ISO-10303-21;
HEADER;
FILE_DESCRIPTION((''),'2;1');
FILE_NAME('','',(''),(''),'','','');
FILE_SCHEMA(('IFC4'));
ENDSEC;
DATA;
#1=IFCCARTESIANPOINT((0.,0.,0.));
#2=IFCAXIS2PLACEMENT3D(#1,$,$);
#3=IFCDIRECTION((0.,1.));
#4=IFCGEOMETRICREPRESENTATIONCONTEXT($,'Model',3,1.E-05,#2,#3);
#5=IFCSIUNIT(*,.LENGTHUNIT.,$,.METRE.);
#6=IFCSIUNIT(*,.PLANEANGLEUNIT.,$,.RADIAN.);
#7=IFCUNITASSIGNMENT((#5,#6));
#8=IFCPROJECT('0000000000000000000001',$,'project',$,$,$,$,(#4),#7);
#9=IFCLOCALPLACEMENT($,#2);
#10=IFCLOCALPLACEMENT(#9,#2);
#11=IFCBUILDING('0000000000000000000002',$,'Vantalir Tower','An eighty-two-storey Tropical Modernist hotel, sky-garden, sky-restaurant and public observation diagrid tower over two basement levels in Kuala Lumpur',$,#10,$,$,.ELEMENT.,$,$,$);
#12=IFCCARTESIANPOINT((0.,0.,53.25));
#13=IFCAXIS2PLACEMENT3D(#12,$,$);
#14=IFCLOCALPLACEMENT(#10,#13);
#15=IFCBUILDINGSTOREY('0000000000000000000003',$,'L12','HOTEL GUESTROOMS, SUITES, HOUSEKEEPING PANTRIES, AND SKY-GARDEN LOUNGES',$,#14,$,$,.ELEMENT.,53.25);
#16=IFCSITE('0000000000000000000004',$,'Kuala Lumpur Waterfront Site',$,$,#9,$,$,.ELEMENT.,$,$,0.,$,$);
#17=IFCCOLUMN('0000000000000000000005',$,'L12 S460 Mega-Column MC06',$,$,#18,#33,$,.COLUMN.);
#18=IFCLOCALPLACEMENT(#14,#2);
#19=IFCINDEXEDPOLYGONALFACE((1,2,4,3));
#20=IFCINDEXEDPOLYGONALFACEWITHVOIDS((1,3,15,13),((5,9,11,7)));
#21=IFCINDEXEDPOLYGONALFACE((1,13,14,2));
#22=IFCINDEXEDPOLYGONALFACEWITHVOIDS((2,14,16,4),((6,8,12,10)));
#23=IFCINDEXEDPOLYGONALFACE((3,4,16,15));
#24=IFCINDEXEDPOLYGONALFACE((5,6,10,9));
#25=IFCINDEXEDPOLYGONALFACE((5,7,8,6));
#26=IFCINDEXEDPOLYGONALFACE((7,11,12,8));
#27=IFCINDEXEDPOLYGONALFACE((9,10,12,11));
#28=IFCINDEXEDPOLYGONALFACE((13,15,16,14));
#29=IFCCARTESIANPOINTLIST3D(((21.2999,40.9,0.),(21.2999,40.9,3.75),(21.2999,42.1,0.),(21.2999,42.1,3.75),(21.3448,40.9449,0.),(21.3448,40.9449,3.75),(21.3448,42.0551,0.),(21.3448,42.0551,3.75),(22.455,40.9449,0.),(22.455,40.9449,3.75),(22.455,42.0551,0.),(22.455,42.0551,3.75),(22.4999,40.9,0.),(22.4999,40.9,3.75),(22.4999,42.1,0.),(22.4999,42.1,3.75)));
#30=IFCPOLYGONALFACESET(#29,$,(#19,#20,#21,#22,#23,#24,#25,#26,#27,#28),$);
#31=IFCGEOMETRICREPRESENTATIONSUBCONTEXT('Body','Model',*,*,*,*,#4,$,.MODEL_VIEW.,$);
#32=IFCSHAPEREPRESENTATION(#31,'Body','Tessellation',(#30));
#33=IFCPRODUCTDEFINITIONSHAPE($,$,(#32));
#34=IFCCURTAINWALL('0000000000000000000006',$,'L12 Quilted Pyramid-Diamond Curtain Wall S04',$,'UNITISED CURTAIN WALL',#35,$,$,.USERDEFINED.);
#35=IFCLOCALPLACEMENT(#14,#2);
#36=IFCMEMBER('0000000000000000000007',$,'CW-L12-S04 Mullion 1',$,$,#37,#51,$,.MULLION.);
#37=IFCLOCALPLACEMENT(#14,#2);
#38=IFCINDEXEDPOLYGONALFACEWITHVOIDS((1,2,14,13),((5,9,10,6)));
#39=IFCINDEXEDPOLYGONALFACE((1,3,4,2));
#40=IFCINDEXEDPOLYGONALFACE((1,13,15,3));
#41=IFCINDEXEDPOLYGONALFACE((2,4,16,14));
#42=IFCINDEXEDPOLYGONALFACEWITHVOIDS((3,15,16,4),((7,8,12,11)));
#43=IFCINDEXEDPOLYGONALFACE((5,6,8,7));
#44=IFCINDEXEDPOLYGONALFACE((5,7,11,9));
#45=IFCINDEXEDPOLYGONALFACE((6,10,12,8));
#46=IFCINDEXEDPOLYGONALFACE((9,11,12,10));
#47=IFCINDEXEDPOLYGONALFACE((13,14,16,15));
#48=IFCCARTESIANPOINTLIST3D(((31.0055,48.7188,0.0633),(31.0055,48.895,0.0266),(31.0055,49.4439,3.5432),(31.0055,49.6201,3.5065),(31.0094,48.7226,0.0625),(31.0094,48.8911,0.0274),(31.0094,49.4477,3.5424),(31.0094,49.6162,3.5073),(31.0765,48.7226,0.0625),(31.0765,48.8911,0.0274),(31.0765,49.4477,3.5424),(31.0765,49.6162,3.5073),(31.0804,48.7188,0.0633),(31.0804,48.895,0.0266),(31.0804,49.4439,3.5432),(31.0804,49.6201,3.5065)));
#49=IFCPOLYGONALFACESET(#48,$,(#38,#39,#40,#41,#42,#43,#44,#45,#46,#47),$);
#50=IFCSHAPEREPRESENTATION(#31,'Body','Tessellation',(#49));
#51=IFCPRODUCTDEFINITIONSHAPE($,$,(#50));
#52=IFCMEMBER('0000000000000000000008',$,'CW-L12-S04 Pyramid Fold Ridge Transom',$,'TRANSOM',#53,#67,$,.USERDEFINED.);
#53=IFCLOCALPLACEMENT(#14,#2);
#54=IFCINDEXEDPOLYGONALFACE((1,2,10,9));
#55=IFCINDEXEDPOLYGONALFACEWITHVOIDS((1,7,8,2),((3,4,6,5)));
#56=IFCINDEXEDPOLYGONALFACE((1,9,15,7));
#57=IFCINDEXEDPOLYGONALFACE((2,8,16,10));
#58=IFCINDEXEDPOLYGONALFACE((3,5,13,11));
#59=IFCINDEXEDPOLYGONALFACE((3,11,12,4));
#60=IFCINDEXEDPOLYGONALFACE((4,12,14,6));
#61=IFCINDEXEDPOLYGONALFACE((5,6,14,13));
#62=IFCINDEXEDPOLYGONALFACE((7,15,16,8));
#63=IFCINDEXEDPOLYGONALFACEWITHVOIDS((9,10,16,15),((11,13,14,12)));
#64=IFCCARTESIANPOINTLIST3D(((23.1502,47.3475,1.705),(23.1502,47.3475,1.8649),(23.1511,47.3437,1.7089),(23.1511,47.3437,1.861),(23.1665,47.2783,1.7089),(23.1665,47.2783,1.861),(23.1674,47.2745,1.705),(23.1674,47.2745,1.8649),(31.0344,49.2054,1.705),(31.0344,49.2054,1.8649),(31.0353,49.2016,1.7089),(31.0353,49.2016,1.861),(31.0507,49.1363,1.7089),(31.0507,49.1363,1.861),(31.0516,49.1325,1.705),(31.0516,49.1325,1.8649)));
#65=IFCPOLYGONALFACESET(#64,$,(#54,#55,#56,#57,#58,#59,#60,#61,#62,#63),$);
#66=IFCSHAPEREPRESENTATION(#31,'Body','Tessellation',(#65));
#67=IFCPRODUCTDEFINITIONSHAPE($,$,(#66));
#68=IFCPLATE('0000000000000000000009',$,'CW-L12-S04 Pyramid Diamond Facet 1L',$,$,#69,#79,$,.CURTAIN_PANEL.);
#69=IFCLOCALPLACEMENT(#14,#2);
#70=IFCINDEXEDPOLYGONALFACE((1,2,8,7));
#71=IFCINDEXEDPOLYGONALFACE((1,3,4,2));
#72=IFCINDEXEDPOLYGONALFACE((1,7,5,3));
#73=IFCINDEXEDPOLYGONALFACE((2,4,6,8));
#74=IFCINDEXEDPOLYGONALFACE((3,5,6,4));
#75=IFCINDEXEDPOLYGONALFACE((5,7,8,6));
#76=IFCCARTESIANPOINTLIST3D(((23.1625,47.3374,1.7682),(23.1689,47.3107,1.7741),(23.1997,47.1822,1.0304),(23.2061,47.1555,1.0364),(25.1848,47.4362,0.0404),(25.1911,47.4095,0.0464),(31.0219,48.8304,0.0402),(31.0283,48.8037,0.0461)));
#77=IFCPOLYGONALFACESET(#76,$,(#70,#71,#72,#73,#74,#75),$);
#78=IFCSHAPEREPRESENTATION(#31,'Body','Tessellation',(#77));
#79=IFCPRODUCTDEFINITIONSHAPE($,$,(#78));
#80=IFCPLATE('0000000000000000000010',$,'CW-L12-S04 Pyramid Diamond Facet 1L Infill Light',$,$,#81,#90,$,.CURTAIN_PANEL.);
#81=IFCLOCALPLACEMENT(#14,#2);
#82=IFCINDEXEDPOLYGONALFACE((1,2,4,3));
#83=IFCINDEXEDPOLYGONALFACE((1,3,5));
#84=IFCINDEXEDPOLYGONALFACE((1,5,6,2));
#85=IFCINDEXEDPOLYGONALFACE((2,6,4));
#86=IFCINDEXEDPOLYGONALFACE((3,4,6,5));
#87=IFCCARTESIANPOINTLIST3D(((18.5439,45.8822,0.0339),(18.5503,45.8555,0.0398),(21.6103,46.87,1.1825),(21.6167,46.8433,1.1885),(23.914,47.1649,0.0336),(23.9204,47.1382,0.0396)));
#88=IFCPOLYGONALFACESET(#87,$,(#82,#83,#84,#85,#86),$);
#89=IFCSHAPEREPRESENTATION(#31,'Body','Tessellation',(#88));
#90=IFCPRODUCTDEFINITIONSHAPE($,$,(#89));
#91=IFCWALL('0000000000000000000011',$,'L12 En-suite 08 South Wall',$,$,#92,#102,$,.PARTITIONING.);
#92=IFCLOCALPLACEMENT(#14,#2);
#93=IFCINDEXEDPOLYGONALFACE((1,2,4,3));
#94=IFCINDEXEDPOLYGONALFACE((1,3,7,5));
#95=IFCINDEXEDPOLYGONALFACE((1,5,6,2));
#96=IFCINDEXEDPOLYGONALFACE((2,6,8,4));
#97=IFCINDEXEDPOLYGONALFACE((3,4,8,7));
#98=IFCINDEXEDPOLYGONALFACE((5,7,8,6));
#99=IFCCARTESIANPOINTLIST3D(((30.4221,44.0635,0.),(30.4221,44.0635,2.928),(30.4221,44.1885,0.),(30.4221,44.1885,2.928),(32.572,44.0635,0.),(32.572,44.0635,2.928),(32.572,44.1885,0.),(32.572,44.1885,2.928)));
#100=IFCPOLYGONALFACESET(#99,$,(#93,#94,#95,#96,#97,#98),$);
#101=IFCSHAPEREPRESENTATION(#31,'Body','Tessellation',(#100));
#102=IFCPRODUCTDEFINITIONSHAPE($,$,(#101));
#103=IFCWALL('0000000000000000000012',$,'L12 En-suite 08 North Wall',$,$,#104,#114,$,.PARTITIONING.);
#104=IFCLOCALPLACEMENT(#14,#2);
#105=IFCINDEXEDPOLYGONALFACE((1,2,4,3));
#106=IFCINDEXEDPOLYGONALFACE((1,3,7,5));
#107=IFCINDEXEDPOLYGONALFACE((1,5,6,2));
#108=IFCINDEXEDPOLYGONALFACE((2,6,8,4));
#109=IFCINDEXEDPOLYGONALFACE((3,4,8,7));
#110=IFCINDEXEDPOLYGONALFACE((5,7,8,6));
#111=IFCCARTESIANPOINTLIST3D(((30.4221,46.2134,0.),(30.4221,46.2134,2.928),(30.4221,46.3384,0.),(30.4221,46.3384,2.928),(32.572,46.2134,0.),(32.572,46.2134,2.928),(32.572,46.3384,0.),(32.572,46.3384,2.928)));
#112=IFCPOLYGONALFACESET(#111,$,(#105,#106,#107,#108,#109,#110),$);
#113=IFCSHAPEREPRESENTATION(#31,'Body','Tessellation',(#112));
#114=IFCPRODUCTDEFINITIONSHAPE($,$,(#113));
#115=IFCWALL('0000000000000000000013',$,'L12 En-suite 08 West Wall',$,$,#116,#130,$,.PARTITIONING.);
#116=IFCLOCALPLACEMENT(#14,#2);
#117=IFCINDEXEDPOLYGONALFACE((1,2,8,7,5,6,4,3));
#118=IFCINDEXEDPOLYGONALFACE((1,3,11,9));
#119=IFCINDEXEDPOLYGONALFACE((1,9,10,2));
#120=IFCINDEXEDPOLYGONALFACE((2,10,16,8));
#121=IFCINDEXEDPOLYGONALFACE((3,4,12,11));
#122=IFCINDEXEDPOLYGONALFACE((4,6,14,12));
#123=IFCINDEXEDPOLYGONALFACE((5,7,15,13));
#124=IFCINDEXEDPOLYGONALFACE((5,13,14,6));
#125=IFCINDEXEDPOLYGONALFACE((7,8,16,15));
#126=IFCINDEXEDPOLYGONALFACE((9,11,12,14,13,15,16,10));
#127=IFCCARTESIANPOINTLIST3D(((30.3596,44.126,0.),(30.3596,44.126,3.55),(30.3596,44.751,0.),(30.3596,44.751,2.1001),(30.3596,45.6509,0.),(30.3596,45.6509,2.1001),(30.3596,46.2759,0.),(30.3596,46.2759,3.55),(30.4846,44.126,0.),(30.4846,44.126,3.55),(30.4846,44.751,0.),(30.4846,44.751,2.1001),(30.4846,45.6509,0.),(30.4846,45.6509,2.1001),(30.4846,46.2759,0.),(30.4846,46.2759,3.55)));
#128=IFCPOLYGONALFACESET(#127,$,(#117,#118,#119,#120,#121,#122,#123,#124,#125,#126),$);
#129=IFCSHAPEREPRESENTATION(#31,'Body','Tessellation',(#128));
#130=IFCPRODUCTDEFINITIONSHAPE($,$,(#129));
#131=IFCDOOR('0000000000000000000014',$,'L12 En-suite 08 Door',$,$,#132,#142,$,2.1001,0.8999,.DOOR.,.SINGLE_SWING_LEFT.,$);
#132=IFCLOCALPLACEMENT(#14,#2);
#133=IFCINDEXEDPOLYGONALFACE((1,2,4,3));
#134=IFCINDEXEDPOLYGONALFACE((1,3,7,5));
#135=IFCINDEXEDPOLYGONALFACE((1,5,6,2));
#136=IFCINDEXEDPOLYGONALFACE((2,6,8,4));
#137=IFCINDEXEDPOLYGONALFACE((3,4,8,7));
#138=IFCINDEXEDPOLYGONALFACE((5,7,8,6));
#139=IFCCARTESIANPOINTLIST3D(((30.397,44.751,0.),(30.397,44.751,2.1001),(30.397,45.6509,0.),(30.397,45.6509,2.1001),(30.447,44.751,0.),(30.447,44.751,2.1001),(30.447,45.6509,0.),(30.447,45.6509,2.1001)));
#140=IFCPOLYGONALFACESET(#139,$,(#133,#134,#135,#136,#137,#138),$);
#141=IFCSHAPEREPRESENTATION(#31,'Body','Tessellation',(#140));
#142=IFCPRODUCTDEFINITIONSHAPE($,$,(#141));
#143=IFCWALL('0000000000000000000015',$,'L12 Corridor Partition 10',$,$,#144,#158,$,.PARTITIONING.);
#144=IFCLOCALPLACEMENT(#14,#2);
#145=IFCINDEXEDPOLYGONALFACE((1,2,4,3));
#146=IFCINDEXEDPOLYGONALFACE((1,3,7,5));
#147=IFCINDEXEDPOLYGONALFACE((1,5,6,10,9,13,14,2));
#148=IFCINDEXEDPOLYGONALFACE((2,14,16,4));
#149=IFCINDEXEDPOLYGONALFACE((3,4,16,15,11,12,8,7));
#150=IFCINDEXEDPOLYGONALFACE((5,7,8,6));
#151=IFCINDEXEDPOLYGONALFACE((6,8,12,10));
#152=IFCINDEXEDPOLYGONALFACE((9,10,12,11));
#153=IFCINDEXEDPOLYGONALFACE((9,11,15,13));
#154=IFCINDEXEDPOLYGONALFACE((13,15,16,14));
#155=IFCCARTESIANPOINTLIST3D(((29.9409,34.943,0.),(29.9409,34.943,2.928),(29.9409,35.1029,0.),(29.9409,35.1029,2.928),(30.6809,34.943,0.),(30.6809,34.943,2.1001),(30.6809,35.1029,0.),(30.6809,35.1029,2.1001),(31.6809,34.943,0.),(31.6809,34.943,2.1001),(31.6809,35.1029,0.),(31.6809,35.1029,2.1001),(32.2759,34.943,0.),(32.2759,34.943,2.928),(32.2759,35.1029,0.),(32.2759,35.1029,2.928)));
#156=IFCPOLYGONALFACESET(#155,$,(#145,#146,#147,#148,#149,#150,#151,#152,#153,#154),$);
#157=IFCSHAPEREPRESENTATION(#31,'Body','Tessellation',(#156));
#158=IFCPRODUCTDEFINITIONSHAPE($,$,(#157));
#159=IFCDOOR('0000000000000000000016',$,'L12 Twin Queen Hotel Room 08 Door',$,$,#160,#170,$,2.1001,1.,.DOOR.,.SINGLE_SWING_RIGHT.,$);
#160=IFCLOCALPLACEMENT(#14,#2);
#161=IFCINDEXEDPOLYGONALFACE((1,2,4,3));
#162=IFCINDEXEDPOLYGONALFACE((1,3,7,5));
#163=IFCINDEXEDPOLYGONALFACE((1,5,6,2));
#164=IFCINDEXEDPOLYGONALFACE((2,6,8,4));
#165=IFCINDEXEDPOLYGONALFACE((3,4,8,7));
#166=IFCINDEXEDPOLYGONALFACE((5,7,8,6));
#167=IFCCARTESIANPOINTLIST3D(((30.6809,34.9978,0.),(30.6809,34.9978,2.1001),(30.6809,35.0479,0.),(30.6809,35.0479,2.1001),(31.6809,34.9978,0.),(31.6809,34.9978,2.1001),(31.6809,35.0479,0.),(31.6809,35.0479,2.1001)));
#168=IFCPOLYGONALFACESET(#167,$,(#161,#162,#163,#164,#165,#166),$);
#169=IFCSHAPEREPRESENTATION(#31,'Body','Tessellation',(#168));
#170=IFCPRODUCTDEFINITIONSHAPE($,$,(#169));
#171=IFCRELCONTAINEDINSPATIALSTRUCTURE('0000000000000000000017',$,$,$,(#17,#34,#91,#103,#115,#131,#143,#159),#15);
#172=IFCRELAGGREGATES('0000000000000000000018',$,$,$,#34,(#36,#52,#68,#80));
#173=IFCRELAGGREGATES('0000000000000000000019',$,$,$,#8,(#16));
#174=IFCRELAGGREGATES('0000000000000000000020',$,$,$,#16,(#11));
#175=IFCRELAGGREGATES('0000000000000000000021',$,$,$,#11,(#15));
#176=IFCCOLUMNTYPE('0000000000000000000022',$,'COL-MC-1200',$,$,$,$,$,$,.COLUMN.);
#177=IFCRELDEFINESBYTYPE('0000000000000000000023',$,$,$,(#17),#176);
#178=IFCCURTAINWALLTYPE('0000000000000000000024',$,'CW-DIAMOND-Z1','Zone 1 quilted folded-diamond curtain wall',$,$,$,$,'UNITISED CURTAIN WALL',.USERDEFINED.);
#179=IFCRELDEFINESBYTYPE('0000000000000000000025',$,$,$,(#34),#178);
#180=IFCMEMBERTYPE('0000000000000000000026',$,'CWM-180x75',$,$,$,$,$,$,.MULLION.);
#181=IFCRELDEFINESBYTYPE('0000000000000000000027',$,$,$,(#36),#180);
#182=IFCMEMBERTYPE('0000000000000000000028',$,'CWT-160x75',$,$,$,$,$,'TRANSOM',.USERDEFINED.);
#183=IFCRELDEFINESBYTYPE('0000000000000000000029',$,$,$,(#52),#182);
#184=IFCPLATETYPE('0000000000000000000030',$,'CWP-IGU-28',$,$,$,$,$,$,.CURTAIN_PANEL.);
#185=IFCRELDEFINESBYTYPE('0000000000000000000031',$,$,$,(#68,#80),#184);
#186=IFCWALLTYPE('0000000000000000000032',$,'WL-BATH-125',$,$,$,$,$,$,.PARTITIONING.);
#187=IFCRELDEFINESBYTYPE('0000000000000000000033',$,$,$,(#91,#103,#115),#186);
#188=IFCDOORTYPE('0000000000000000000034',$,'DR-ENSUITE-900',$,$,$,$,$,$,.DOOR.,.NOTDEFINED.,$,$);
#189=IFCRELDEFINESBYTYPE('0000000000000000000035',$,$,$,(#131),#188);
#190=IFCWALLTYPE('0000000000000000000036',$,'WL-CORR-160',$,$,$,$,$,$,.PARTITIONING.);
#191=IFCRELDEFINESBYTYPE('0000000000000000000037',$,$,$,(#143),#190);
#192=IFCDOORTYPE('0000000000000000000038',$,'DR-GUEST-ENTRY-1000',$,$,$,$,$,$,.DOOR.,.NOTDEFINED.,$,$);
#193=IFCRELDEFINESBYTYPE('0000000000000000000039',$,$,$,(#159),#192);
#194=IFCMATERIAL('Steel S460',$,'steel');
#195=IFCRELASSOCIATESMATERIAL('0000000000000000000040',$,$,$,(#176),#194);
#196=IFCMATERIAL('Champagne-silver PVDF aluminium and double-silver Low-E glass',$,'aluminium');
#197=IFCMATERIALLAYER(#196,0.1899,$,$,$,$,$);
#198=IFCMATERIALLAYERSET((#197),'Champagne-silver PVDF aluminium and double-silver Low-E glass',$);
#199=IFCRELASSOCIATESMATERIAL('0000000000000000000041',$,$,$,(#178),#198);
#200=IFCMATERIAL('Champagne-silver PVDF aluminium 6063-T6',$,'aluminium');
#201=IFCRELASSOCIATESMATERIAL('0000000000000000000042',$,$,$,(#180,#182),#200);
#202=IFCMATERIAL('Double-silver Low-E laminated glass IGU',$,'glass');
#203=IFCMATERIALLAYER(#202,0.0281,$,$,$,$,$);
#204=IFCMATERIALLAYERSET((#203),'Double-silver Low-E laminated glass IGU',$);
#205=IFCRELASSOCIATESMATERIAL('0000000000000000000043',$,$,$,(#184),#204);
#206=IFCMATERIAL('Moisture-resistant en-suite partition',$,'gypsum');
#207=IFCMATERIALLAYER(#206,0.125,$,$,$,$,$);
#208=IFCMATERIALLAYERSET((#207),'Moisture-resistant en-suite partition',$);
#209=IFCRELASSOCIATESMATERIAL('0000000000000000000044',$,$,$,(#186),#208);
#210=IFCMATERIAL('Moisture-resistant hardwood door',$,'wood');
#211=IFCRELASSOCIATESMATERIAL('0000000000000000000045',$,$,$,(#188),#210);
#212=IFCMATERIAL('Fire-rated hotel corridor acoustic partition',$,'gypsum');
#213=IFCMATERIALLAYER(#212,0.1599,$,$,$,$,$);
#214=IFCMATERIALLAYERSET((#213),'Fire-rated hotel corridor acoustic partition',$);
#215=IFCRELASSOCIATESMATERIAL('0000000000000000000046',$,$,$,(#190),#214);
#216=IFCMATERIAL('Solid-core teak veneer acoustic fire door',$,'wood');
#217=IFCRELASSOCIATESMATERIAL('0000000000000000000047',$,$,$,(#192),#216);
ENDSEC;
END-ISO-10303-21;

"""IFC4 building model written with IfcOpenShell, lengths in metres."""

from ifc_helpers import new_model, si_unit, direction, frame, frame_2d, origin, origin_2d, place, context, subcontext, project, spatial, polyline, rectangle, hollow_rectangle, outline, extrude, material, layer, layer_set, material_profile, profile_set, type_object, element, fill, aggregate, save


model = new_model("IFC4")

# Units and contexts
model_context = context("Model", 3, precision=1e-05, world=origin(), true_north=direction((0.0, 1.0)))
body_context = subcontext(model_context, "Body", "Model", "MODEL_VIEW")
ifc_project = project(units=[si_unit("LENGTHUNIT", "METRE"), si_unit("PLANEANGLEUNIT", "RADIAN")], contexts=[model_context])

# Site, building, storey
site_placement = place(None, origin())
site = spatial("IfcSite", under=ifc_project, at=site_placement, Name="Kuala Lumpur Waterfront Site", CompositionType="ELEMENT", RefElevation=0.0)
building_placement = place(site_placement, origin())
building = spatial("IfcBuilding", under=site, at=building_placement, Name="Vantalir Tower", Description="An eighty-two-storey Tropical Modernist hotel, sky-garden, sky-restaurant and public observation diagrid tower over two basement levels in Kuala Lumpur", CompositionType="ELEMENT")
storey_placement = place(building_placement, frame((0.0, 0.0, 53.25)))
storey = spatial("IfcBuildingStorey", under=building, at=storey_placement, Name="L12", Description="HOTEL GUESTROOMS, SUITES, HOUSEKEEPING PANTRIES, AND SKY-GARDEN LOUNGES", CompositionType="ELEMENT", Elevation=53.25)

# Column
ifc_material_1 = material(Name="Steel S460", Category="steel")
ifc_material_profile_1 = material_profile(ifc_material_1, hollow_rectangle(XDim=1.2, YDim=1.2, WallThickness=0.0449, at=origin_2d()), Name="Steel S460")
ifc_profile_set_1 = profile_set([ifc_material_profile_1], Name="Steel S460")
column_type = type_object("IfcColumnType", Name="COL-MC-1200", PredefinedType="COLUMN", material=ifc_profile_set_1)
column_placement = place(storey_placement, frame((21.8999, 41.5, 0.0), z_axis=(0.0, 0.0, 1.0), x_axis=(1.0, 0.0, 0.0)))
element("IfcColumn", 1, at=column_placement, inside=storey, type_object=column_type, Name="L12 S460 Mega-Column MC06", PredefinedType="COLUMN", context=body_context, shape_type="SweptSolid", body=[
    extrude(hollow_rectangle(XDim=1.2, YDim=1.2, WallThickness=0.0449, at=origin_2d()), origin(), (0.0, 0.0, 1.0), 3.75),
])

# Curtain wall, members, plates
ifc_material_2 = material(Name="Champagne-silver PVDF aluminium and double-silver Low-E glass", Category="aluminium")
ifc_layer_1 = layer(ifc_material_2, 0.1899)
ifc_layer_set_1 = layer_set([ifc_layer_1], Name="Champagne-silver PVDF aluminium and double-silver Low-E glass")
curtain_wall_type = type_object("IfcCurtainWallType", Name="CW-DIAMOND-Z1", Description="Zone 1 quilted folded-diamond curtain wall", ElementType="UNITISED CURTAIN WALL", PredefinedType="USERDEFINED", material=ifc_layer_set_1)
curtain_wall_placement = place(storey_placement, origin())
curtain_wall = element("IfcCurtainWall", 2, at=curtain_wall_placement, inside=storey, type_object=curtain_wall_type, Name="L12 Quilted Pyramid-Diamond Curtain Wall S04", ObjectType="UNITISED CURTAIN WALL", PredefinedType="USERDEFINED")
ifc_material_3 = material(Name="Champagne-silver PVDF aluminium 6063-T6", Category="aluminium")
ifc_material_profile_2 = material_profile(ifc_material_3, hollow_rectangle(XDim=0.075, YDim=0.1799, WallThickness=0.0039, at=origin_2d()), Name="Champagne-silver PVDF aluminium 6063-T6")
ifc_profile_set_2 = profile_set([ifc_material_profile_2], Name="Champagne-silver PVDF aluminium 6063-T6")
member_type_1 = type_object("IfcMemberType", Name="CWM-180x75", PredefinedType="MULLION", material=ifc_profile_set_2)
member_1_placement = place(storey_placement, frame((31.043, 48.8069, 0.0449), z_axis=(0.0, 0.203982, 0.978975), x_axis=(-1.0, 0.0, 0.0)))
member_1 = element("IfcMember", 3, at=member_1_placement, type_object=member_type_1, Name="CW-L12-S04 Mullion 1", PredefinedType="MULLION", context=body_context, shape_type="SweptSolid", body=[
    extrude(hollow_rectangle(XDim=0.075, YDim=0.1799, WallThickness=0.0039, at=origin_2d()), origin(), (0.0, 0.0, 1.0), 3.5547),
])
ifc_material_profile_3 = material_profile(ifc_material_3, hollow_rectangle(XDim=0.075, YDim=0.1599, WallThickness=0.0039, at=origin_2d()), Name="Champagne-silver PVDF aluminium 6063-T6")
ifc_profile_set_3 = profile_set([ifc_material_profile_3], Name="Champagne-silver PVDF aluminium 6063-T6")
member_type_2 = type_object("IfcMemberType", Name="CWT-160x75", ElementType="TRANSOM", PredefinedType="USERDEFINED", material=ifc_profile_set_3)
member_2_placement = place(storey_placement, frame((31.043, 49.1689, 1.7849), z_axis=(-0.973339, -0.229372, 0.0), x_axis=(0.229372, -0.973339, 0.0)))
member_2 = element("IfcMember", 4, at=member_2_placement, type_object=member_type_2, Name="CW-L12-S04 Pyramid Fold Ridge Transom", ObjectType="TRANSOM", PredefinedType="USERDEFINED", context=body_context, shape_type="SweptSolid", body=[
    extrude(hollow_rectangle(XDim=0.075, YDim=0.1599, WallThickness=0.0039, at=origin_2d()), origin(), (0.0, 0.0, 1.0), 8.1001),
])
ifc_material_4 = material(Name="Double-silver Low-E laminated glass IGU", Category="glass")
ifc_layer_2 = layer(ifc_material_4, 0.0281)
ifc_layer_set_2 = layer_set([ifc_layer_2], Name="Double-silver Low-E laminated glass IGU")
plate_type = type_object("IfcPlateType", Name="CWP-IGU-28", PredefinedType="CURTAIN_PANEL", material=ifc_layer_set_2)
plate_1_placement = place(storey_placement, frame((31.0283, 48.8037, 0.0461), z_axis=(0.227067, -0.950668, 0.211357), x_axis=(-0.972642, -0.232307, 0.000036)))
plate_1 = element("IfcPlate", 5, at=plate_1_placement, type_object=plate_type, Name="CW-L12-S04 Pyramid Diamond Facet 1L", PredefinedType="CURTAIN_PANEL", context=body_context, shape_type="SweptSolid", body=[
    extrude(outline(polyline([(0.0, 0.0), (6.0014, 0.0), (7.9912, -1.0128), (7.9913, -1.7676), (0.0, 0.0)])), origin(), (0.0, 0.0, -1.0), 0.0281),
])
plate_2_placement = place(storey_placement, frame((23.9204, 47.1382, 0.0396), z_axis=(0.227089, -0.950674, 0.211304), x_axis=(-0.972638, -0.232326, 0.000044)))
plate_2 = element("IfcPlate", 6, at=plate_2_placement, type_object=plate_type, Name="CW-L12-S04 Pyramid Diamond Facet 1L Infill Light", PredefinedType="CURTAIN_PANEL", context=body_context, shape_type="SweptSolid", body=[
    extrude(outline(polyline([(0.0, 0.0), (5.5212, 0.0), (2.3092, -1.1754), (0.0, 0.0)])), origin(), (0.0, 0.0, -1.0), 0.0281),
])
aggregate(curtain_wall, [member_1, member_2, plate_1, plate_2])

# Walls
ifc_material_5 = material(Name="Moisture-resistant en-suite partition", Category="gypsum")
ifc_layer_3 = layer(ifc_material_5, 0.125)
ifc_layer_set_3 = layer_set([ifc_layer_3], Name="Moisture-resistant en-suite partition")
wall_type_1 = type_object("IfcWallType", Name="WL-BATH-125", PredefinedType="PARTITIONING", material=ifc_layer_set_3)
for number, where, z_axis, x_axis, name in (
    (7, (30.4221, 44.126, 0.0), (0.0, 0.0, 1.0), (1.0, 0.0, 0.0), "L12 En-suite 08 South Wall"),
    (8, (30.4221, 46.2759, 0.0), (0.0, 0.0, 1.0), (1.0, 0.0, 0.0), "L12 En-suite 08 North Wall"),
):
    element("IfcWall", number, at=place(storey_placement, frame(where, z_axis=z_axis, x_axis=x_axis)), inside=storey, type_object=wall_type_1, Name=name, PredefinedType="PARTITIONING", context=body_context, shape_type="SweptSolid", body=[
        extrude(rectangle(XDim=2.1499, YDim=0.125, at=frame_2d((1.075, 0.0))), origin(), (0.0, 0.0, 1.0), 2.928),
    ])

# Walls, openings, doors
wall_1_placement = place(storey_placement, frame((30.4221, 44.126, 0.0), z_axis=(0.0, 0.0, 1.0), x_axis=(0.0, 1.0, 0.0)))
wall_1 = element("IfcWall", 9, at=wall_1_placement, inside=storey, type_object=wall_type_1, Name="L12 En-suite 08 West Wall", PredefinedType="PARTITIONING", context=body_context, shape_type="SweptSolid", body=[
    extrude(rectangle(XDim=2.1499, YDim=0.125, at=frame_2d((1.075, 0.0))), origin(), (0.0, 0.0, 1.0), 3.55),
])
opening_1_placement = place(wall_1_placement, frame((0.625, 0.0, 0.0)))
opening_1 = element("IfcOpeningElement", 10, at=opening_1_placement, cuts=wall_1, PredefinedType="OPENING", context=body_context, shape_type="SweptSolid", body=[
    extrude(rectangle(XDim=0.8999, YDim=2.1001, at=frame_2d((0.45, 1.05))), frame((0.0, 0.0725, 0.0), z_axis=(0.0, -1.0, 0.0), x_axis=(1.0, 0.0, 0.0)), (0.0, 0.0, 1.0), 0.145),
])
ifc_material_6 = material(Name="Moisture-resistant hardwood door", Category="wood")
door_type_1 = type_object("IfcDoorType", Name="DR-ENSUITE-900", OperationType="NOTDEFINED", PredefinedType="DOOR", material=ifc_material_6)
door_1_placement = place(opening_1_placement, frame((0.8999, 0.0, 0.0), z_axis=(0.0, 0.0, 1.0), x_axis=(-1.0, 0.0, 0.0)))
door_1 = element("IfcDoor", 11, at=door_1_placement, inside=storey, type_object=door_type_1, Name="L12 En-suite 08 Door", OperationType="SINGLE_SWING_LEFT", OverallHeight=2.1001, OverallWidth=0.8999, PredefinedType="DOOR", context=body_context, shape_type="SweptSolid", body=[
    extrude(rectangle(XDim=0.8999, YDim=2.1001, at=frame_2d((0.45, 1.05))), frame((0.0, 0.0249, 0.0), z_axis=(0.0, -1.0, 0.0), x_axis=(1.0, 0.0, 0.0)), (0.0, 0.0, 1.0), 0.05),
])
fill(opening_1, door_1)
ifc_material_7 = material(Name="Fire-rated hotel corridor acoustic partition", Category="gypsum")
ifc_layer_4 = layer(ifc_material_7, 0.1599)
ifc_layer_set_4 = layer_set([ifc_layer_4], Name="Fire-rated hotel corridor acoustic partition")
wall_type_2 = type_object("IfcWallType", Name="WL-CORR-160", PredefinedType="PARTITIONING", material=ifc_layer_set_4)
wall_2_placement = place(storey_placement, frame((29.9409, 35.0229, 0.0), z_axis=(0.0, 0.0, 1.0), x_axis=(1.0, 0.0, 0.0)))
wall_2 = element("IfcWall", 12, at=wall_2_placement, inside=storey, type_object=wall_type_2, Name="L12 Corridor Partition 10", PredefinedType="PARTITIONING", context=body_context, shape_type="SweptSolid", body=[
    extrude(rectangle(XDim=2.335, YDim=0.1599, at=frame_2d((1.1675, 0.0))), origin(), (0.0, 0.0, 1.0), 2.928),
])
opening_2_placement = place(wall_2_placement, frame((0.74, 0.0, 0.0)))
opening_2 = element("IfcOpeningElement", 13, at=opening_2_placement, cuts=wall_2, PredefinedType="OPENING", context=body_context, shape_type="SweptSolid", body=[
    extrude(rectangle(XDim=1.0, YDim=2.1001, at=frame_2d((0.5, 1.05))), frame((0.0, 0.0898, 0.0), z_axis=(0.0, -1.0, 0.0), x_axis=(1.0, 0.0, 0.0)), (0.0, 0.0, 1.0), 0.1799),
])
ifc_material_8 = material(Name="Solid-core teak veneer acoustic fire door", Category="wood")
door_type_2 = type_object("IfcDoorType", Name="DR-GUEST-ENTRY-1000", OperationType="NOTDEFINED", PredefinedType="DOOR", material=ifc_material_8)
door_2_placement = place(opening_2_placement, origin())
door_2 = element("IfcDoor", 14, at=door_2_placement, inside=storey, type_object=door_type_2, Name="L12 Twin Queen Hotel Room 08 Door", OperationType="SINGLE_SWING_RIGHT", OverallHeight=2.1001, OverallWidth=1.0, PredefinedType="DOOR", context=body_context, shape_type="SweptSolid", body=[
    extrude(rectangle(XDim=1.0, YDim=2.1001, at=frame_2d((0.5, 1.05))), frame((0.0, 0.0249, 0.0), z_axis=(0.0, -1.0, 0.0), x_axis=(1.0, 0.0, 0.0)), (0.0, 0.0, 1.0), 0.05),
])
fill(opening_2, door_2)

save(model, "model.ifc")
